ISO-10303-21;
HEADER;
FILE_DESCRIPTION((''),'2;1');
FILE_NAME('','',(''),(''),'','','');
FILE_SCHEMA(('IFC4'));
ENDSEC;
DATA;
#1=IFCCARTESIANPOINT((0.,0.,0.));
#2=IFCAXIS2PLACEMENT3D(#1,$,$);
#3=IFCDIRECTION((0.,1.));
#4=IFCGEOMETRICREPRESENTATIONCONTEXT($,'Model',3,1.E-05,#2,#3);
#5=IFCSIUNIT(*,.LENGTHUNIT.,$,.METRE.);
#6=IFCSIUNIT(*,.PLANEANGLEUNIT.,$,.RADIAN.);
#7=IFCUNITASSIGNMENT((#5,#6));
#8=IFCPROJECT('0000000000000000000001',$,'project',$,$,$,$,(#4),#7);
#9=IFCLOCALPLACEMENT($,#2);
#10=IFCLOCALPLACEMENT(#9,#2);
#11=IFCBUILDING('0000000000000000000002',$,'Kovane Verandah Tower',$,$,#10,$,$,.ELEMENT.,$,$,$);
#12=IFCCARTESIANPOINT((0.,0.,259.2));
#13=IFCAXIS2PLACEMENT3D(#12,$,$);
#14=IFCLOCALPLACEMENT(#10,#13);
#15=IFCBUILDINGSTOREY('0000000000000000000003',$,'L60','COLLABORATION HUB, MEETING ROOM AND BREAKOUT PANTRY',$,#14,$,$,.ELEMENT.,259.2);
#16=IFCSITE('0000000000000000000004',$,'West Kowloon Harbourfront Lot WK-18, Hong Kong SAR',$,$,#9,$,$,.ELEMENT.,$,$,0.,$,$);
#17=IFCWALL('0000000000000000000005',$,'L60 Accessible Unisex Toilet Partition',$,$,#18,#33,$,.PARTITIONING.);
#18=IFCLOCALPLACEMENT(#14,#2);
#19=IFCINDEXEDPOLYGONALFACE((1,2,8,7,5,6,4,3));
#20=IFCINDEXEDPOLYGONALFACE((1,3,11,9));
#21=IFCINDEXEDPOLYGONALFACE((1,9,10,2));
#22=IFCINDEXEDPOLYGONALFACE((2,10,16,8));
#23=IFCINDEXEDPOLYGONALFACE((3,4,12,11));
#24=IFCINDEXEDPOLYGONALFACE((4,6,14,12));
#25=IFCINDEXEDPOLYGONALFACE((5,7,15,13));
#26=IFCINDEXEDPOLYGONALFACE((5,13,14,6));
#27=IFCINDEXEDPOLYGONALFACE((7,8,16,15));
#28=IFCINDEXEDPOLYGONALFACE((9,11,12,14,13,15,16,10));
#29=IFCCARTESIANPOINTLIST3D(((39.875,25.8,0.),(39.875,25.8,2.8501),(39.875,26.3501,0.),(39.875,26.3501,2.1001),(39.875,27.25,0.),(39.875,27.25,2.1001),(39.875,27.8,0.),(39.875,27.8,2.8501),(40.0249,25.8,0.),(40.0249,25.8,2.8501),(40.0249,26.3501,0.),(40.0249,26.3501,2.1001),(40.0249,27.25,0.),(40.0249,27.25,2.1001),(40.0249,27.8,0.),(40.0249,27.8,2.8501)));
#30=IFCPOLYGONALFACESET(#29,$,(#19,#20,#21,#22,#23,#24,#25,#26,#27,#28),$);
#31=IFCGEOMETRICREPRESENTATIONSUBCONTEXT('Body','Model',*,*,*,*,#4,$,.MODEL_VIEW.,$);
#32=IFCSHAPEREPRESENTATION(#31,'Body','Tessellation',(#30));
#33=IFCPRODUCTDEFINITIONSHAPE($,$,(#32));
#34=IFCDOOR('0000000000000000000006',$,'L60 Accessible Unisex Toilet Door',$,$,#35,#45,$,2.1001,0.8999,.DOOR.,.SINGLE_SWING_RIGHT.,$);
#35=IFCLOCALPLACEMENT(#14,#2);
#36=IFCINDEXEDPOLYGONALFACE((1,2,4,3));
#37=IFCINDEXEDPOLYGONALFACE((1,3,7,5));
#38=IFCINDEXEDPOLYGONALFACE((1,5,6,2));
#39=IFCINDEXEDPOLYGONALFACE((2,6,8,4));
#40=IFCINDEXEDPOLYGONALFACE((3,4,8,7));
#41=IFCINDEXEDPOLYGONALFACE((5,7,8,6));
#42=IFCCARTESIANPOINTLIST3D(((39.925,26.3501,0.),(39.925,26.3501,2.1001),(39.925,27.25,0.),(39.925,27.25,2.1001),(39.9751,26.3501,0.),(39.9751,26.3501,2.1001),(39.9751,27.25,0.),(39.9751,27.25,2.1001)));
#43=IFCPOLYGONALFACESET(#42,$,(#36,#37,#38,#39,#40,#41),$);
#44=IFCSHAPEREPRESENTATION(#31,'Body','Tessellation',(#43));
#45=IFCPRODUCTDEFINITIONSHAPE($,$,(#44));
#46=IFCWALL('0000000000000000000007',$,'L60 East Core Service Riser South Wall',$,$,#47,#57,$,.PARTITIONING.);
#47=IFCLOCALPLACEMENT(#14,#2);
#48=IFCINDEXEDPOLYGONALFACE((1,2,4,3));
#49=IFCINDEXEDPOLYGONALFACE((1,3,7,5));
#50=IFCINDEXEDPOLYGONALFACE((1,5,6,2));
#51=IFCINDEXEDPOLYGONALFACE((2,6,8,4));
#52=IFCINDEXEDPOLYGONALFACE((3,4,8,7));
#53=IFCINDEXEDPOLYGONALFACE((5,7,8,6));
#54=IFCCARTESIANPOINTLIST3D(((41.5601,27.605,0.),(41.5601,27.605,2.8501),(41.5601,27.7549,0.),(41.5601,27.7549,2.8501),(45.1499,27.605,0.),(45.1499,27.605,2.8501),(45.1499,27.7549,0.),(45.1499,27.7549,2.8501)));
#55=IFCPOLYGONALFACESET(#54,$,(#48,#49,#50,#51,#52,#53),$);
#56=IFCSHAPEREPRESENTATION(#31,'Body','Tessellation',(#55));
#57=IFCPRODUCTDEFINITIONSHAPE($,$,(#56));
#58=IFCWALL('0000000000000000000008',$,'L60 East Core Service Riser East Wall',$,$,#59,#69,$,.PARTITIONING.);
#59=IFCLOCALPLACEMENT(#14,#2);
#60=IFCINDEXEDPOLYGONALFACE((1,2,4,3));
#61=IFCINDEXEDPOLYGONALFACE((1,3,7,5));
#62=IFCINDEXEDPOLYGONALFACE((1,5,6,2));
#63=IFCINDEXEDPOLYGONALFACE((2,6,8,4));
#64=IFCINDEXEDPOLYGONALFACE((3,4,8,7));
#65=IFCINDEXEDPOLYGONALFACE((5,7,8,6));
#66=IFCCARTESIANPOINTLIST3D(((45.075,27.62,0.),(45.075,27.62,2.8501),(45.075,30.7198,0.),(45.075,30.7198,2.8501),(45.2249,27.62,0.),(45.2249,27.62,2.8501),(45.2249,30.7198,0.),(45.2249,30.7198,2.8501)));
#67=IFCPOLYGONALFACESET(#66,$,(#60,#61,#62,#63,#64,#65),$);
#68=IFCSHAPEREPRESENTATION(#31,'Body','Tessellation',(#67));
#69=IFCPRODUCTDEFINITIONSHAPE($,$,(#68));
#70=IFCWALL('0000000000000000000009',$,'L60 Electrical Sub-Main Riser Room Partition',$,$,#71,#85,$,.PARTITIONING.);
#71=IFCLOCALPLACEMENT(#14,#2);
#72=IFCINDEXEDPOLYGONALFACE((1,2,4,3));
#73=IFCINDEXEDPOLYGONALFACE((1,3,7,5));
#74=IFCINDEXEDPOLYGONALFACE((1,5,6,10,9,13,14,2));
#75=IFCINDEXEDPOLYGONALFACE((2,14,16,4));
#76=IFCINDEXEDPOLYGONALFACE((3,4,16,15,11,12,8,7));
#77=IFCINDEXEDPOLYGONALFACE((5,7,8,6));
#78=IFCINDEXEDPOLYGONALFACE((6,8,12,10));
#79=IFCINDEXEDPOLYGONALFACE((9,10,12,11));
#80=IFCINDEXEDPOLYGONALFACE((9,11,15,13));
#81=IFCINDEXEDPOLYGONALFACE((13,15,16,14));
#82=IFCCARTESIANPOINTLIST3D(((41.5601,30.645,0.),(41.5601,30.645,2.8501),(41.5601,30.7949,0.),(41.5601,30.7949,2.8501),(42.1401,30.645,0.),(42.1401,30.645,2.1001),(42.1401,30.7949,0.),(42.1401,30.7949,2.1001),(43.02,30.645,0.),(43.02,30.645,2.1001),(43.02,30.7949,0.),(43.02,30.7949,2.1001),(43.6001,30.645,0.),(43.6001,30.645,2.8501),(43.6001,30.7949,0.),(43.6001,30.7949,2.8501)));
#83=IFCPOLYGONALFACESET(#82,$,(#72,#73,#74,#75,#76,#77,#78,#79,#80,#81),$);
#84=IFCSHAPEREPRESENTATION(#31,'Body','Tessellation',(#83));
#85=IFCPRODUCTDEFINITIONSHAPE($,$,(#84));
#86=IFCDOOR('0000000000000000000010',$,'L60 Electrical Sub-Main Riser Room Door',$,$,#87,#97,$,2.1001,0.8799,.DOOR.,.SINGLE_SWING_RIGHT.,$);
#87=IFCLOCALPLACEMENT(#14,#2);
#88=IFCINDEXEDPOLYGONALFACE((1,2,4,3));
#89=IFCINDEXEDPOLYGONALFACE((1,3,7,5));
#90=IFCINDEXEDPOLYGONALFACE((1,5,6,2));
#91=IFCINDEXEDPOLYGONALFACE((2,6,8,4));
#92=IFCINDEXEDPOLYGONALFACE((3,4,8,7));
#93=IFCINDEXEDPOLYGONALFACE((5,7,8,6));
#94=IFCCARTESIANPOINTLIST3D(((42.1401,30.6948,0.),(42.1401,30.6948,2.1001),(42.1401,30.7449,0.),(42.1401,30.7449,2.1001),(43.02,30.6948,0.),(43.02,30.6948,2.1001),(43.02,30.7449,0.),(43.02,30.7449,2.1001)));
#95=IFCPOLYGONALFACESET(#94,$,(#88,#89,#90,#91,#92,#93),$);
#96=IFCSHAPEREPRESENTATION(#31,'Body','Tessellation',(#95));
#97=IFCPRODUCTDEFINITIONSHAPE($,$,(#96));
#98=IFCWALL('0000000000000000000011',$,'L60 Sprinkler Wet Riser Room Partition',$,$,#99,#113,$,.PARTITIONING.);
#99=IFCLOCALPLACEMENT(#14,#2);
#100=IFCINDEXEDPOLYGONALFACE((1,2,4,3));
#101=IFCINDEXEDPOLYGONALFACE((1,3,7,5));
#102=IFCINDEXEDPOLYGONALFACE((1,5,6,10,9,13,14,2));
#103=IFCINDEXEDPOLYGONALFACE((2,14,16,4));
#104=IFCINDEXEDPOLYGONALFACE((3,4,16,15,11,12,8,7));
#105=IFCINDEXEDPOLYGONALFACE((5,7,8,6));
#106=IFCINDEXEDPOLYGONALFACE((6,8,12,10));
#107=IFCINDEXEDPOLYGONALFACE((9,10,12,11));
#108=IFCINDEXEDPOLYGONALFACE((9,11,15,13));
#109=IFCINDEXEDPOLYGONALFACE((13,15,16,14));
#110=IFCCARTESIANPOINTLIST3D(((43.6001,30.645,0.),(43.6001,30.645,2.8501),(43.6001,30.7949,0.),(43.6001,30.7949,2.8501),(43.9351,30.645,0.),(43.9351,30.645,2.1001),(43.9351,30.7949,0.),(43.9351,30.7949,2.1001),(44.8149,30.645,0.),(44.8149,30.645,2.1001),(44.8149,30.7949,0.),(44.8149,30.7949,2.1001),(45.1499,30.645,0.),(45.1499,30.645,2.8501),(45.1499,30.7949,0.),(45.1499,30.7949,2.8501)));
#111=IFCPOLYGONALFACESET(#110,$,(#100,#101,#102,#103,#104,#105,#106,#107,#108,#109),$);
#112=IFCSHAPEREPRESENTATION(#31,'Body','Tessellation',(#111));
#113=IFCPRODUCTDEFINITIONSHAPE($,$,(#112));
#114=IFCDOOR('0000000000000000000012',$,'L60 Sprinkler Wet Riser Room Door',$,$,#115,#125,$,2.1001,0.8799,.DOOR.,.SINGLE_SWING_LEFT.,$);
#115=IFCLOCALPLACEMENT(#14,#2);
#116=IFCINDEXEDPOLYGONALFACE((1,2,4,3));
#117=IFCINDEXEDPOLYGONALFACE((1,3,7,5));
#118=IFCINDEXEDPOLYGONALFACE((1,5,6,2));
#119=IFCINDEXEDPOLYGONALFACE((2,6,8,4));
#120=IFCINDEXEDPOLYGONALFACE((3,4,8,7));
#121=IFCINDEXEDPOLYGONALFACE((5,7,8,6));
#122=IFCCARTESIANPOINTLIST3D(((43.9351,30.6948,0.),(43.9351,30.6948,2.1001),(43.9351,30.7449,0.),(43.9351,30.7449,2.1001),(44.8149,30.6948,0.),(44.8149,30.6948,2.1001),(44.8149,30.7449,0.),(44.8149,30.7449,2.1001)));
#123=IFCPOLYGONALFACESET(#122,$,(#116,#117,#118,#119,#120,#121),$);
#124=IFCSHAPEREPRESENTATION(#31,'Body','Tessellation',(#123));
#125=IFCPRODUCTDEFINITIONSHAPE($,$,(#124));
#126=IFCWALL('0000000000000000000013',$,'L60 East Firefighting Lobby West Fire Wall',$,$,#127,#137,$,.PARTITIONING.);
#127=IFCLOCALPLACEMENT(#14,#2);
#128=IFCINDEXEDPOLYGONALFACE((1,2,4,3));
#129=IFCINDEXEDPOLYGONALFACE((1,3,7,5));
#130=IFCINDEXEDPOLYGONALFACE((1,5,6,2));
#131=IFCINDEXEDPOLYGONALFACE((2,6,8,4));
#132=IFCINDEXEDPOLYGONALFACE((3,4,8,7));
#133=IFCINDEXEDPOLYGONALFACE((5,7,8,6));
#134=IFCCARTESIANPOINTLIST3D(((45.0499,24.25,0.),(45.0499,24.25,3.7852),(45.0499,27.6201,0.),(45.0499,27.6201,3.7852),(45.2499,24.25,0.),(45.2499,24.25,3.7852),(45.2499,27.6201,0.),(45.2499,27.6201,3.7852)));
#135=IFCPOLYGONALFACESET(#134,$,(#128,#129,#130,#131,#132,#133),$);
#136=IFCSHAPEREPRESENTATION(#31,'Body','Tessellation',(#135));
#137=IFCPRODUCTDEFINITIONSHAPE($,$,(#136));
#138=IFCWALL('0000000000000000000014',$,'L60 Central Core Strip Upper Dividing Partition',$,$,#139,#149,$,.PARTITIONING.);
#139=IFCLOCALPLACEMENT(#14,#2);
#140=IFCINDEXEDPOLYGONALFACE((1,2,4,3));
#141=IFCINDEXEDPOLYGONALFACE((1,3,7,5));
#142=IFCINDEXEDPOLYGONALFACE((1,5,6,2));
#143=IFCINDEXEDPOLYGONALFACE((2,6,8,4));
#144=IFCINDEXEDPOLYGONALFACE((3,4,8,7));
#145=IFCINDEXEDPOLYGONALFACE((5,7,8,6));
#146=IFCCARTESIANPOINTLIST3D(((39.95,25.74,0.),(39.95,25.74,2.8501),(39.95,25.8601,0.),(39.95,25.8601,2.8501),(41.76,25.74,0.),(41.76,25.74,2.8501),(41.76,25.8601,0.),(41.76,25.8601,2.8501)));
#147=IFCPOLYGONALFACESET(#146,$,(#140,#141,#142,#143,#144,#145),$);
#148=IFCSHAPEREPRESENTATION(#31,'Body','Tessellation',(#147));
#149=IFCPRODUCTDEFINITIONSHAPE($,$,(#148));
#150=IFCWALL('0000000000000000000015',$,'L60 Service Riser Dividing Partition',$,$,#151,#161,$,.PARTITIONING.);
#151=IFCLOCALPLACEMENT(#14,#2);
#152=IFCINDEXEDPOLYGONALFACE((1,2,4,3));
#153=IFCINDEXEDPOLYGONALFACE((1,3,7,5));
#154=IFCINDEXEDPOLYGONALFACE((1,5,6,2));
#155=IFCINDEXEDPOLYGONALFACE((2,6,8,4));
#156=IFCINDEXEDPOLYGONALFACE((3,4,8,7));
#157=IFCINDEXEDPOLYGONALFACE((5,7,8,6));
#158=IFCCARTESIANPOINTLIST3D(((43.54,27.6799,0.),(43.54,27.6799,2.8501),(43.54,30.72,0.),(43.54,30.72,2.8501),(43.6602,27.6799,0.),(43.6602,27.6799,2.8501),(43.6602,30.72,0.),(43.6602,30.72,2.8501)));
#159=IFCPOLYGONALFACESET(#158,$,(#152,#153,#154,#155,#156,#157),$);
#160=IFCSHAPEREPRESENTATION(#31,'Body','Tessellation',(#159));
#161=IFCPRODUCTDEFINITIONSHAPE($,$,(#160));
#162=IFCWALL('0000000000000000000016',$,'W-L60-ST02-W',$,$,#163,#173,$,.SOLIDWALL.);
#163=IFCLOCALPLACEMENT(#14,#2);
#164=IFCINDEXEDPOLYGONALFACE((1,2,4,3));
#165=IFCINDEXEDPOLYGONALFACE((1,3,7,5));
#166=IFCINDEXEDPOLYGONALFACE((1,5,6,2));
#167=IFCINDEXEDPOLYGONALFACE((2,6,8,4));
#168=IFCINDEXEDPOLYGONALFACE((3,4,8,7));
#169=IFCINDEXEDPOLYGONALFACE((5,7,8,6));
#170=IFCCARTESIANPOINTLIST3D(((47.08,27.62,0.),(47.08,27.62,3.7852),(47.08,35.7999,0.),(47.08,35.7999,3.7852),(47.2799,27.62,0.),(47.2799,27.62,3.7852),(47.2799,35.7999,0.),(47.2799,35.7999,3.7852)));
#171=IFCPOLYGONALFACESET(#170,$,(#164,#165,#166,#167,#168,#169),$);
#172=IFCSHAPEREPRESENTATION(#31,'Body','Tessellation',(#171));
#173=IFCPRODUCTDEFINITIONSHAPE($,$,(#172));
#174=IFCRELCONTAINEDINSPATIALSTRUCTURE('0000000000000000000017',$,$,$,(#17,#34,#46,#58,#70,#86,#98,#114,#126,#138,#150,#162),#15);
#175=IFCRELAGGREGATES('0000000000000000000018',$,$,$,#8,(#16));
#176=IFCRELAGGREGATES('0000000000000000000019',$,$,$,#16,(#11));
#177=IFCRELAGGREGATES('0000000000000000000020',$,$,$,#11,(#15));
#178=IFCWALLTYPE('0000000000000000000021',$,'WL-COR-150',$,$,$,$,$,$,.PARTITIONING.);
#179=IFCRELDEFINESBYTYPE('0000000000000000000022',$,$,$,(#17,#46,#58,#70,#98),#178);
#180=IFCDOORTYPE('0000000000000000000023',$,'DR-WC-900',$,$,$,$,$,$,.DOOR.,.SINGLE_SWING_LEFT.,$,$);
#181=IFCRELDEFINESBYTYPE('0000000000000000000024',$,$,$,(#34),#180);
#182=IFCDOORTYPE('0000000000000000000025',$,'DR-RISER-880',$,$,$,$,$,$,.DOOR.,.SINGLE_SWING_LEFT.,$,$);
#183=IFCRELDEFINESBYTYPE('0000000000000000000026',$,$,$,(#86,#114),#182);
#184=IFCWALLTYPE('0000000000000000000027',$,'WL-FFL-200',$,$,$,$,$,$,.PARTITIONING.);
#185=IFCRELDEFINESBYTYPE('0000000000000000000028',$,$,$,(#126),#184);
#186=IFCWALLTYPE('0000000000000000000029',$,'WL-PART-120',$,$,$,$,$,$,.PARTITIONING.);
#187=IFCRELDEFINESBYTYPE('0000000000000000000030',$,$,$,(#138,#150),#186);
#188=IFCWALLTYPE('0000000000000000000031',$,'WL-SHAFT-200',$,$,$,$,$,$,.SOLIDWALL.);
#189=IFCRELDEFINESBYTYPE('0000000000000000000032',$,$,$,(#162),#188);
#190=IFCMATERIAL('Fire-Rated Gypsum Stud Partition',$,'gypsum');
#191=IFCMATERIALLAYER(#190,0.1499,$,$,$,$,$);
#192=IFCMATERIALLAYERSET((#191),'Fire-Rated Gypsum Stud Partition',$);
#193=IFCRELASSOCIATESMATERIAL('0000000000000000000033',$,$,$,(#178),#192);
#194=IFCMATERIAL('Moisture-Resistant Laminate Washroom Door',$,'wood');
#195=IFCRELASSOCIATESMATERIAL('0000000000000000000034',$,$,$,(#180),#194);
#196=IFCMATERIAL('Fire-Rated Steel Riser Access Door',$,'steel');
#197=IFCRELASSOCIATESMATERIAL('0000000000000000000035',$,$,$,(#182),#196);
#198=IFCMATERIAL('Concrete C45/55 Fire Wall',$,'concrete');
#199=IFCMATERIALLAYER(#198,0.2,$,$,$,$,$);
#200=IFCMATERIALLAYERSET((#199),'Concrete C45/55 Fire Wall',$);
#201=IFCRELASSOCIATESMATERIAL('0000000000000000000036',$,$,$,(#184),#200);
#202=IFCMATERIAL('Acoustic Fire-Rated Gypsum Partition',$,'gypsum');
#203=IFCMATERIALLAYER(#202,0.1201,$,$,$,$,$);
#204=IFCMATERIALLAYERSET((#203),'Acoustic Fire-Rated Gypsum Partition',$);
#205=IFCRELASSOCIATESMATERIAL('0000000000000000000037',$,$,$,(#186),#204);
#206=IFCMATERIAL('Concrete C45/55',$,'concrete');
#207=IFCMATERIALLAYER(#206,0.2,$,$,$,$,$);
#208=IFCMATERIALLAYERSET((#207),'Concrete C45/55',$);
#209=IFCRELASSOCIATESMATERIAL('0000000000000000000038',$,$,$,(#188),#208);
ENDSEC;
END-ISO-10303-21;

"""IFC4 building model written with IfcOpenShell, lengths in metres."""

from ifc_helpers import new_model, si_unit, direction, frame, frame_2d, origin, place, context, subcontext, project, spatial, rectangle, extrude, material, layer, layer_set, type_object, element, fill, save


model = new_model("IFC4")

# Units and contexts
model_context = context("Model", 3, precision=1e-05, world=origin(), true_north=direction((0.0, 1.0)))
body_context = subcontext(model_context, "Body", "Model", "MODEL_VIEW")
ifc_project = project(units=[si_unit("LENGTHUNIT", "METRE"), si_unit("PLANEANGLEUNIT", "RADIAN")], contexts=[model_context])

# Site, building, storey
site_placement = place(None, origin())
site = spatial("IfcSite", under=ifc_project, at=site_placement, Name="West Kowloon Harbourfront Lot WK-18, Hong Kong SAR", CompositionType="ELEMENT", RefElevation=0.0)
building_placement = place(site_placement, origin())
building = spatial("IfcBuilding", under=site, at=building_placement, Name="Kovane Verandah Tower", CompositionType="ELEMENT")
storey_placement = place(building_placement, frame((0.0, 0.0, 259.2)))
storey = spatial("IfcBuildingStorey", under=building, at=storey_placement, Name="L60", Description="COLLABORATION HUB, MEETING ROOM AND BREAKOUT PANTRY", CompositionType="ELEMENT", Elevation=259.2)

# Wall, opening, door
ifc_material_1 = material(Name="Fire-Rated Gypsum Stud Partition", Category="gypsum")
ifc_layer_1 = layer(ifc_material_1, 0.1499)
ifc_layer_set_1 = layer_set([ifc_layer_1], Name="Fire-Rated Gypsum Stud Partition")
wall_type_1 = type_object("IfcWallType", Name="WL-COR-150", PredefinedType="PARTITIONING", material=ifc_layer_set_1)
wall_1_placement = place(storey_placement, frame((39.95, 25.8, 0.0), z_axis=(0.0, 0.0, 1.0), x_axis=(0.0, 1.0, 0.0)))
wall_1 = element("IfcWall", 1, at=wall_1_placement, inside=storey, type_object=wall_type_1, Name="L60 Accessible Unisex Toilet Partition", PredefinedType="PARTITIONING", context=body_context, shape_type="SweptSolid", body=[
    extrude(rectangle(XDim=2.0, YDim=0.1499, at=frame_2d((1.0, 0.0))), origin(), (0.0, 0.0, 1.0), 2.8501),
])
opening_1_placement = place(wall_1_placement, frame((0.55, 0.0, 0.0)))
opening_1 = element("IfcOpeningElement", 2, at=opening_1_placement, cuts=wall_1, PredefinedType="OPENING", context=body_context, shape_type="SweptSolid", body=[
    extrude(rectangle(XDim=0.8999, YDim=2.1001, at=frame_2d((0.45, 1.05))), frame((0.0, 0.075, 0.0), z_axis=(0.0, -1.0, 0.0), x_axis=(1.0, 0.0, 0.0)), (0.0, 0.0, 1.0), 0.1499),
])
ifc_material_2 = material(Name="Moisture-Resistant Laminate Washroom Door", Category="wood")
door_type_1 = type_object("IfcDoorType", Name="DR-WC-900", OperationType="SINGLE_SWING_LEFT", PredefinedType="DOOR", material=ifc_material_2)
door_1_placement = place(opening_1_placement, origin())
door_1 = element("IfcDoor", 3, at=door_1_placement, inside=storey, type_object=door_type_1, Name="L60 Accessible Unisex Toilet Door", OperationType="SINGLE_SWING_RIGHT", OverallHeight=2.1001, OverallWidth=0.8999, PredefinedType="DOOR", context=body_context, shape_type="SweptSolid", body=[
    extrude(rectangle(XDim=0.8999, YDim=2.1001, at=frame_2d((0.45, 1.05))), frame((0.0, 0.0249, 0.0), z_axis=(0.0, -1.0, 0.0), x_axis=(1.0, 0.0, 0.0)), (0.0, 0.0, 1.0), 0.05),
])
fill(opening_1, door_1)

# Walls
wall_2_placement = place(storey_placement, frame((41.5601, 27.6799, 0.0), z_axis=(0.0, 0.0, 1.0), x_axis=(1.0, 0.0, 0.0)))
element("IfcWall", 4, at=wall_2_placement, inside=storey, type_object=wall_type_1, Name="L60 East Core Service Riser South Wall", PredefinedType="PARTITIONING", context=body_context, shape_type="SweptSolid", body=[
    extrude(rectangle(XDim=3.5898, YDim=0.1499, at=frame_2d((1.7949, 0.0))), origin(), (0.0, 0.0, 1.0), 2.8501),
])
wall_3_placement = place(storey_placement, frame((45.1499, 27.6201, 0.0), z_axis=(0.0, 0.0, 1.0), x_axis=(0.0, 1.0, 0.0)))
element("IfcWall", 5, at=wall_3_placement, inside=storey, type_object=wall_type_1, Name="L60 East Core Service Riser East Wall", PredefinedType="PARTITIONING", context=body_context, shape_type="SweptSolid", body=[
    extrude(rectangle(XDim=3.0999, YDim=0.1499, at=frame_2d((1.5498, 0.0))), origin(), (0.0, 0.0, 1.0), 2.8501),
])

# Walls, openings, doors
wall_4_placement = place(storey_placement, frame((41.5601, 30.72, 0.0), z_axis=(0.0, 0.0, 1.0), x_axis=(1.0, 0.0, 0.0)))
wall_4 = element("IfcWall", 6, at=wall_4_placement, inside=storey, type_object=wall_type_1, Name="L60 Electrical Sub-Main Riser Room Partition", PredefinedType="PARTITIONING", context=body_context, shape_type="SweptSolid", body=[
    extrude(rectangle(XDim=2.04, YDim=0.1499, at=frame_2d((1.02, 0.0))), origin(), (0.0, 0.0, 1.0), 2.8501),
])
opening_2_placement = place(wall_4_placement, frame((0.5801, 0.0, 0.0)))
opening_2 = element("IfcOpeningElement", 7, at=opening_2_placement, cuts=wall_4, PredefinedType="OPENING", context=body_context, shape_type="SweptSolid", body=[
    extrude(rectangle(XDim=0.8799, YDim=2.1001, at=frame_2d((0.4399, 1.05))), frame((0.0, 0.075, 0.0), z_axis=(0.0, -1.0, 0.0), x_axis=(1.0, 0.0, 0.0)), (0.0, 0.0, 1.0), 0.1499),
])
ifc_material_3 = material(Name="Fire-Rated Steel Riser Access Door", Category="steel")
door_type_2 = type_object("IfcDoorType", Name="DR-RISER-880", OperationType="SINGLE_SWING_LEFT", PredefinedType="DOOR", material=ifc_material_3)
door_2_placement = place(opening_2_placement, origin())
door_2 = element("IfcDoor", 8, at=door_2_placement, inside=storey, type_object=door_type_2, Name="L60 Electrical Sub-Main Riser Room Door", OperationType="SINGLE_SWING_RIGHT", OverallHeight=2.1001, OverallWidth=0.8799, PredefinedType="DOOR", context=body_context, shape_type="SweptSolid", body=[
    extrude(rectangle(XDim=0.8799, YDim=2.1001, at=frame_2d((0.4399, 1.05))), frame((0.0, 0.0249, 0.0), z_axis=(0.0, -1.0, 0.0), x_axis=(1.0, 0.0, 0.0)), (0.0, 0.0, 1.0), 0.05),
])
fill(opening_2, door_2)
wall_5_placement = place(storey_placement, frame((43.6001, 30.72, 0.0), z_axis=(0.0, 0.0, 1.0), x_axis=(1.0, 0.0, 0.0)))
wall_5 = element("IfcWall", 9, at=wall_5_placement, inside=storey, type_object=wall_type_1, Name="L60 Sprinkler Wet Riser Room Partition", PredefinedType="PARTITIONING", context=body_context, shape_type="SweptSolid", body=[
    extrude(rectangle(XDim=1.5498, YDim=0.1499, at=frame_2d((0.7749, 0.0))), origin(), (0.0, 0.0, 1.0), 2.8501),
])
opening_3_placement = place(wall_5_placement, frame((0.335, 0.0, 0.0)))
opening_3 = element("IfcOpeningElement", 10, at=opening_3_placement, cuts=wall_5, PredefinedType="OPENING", context=body_context, shape_type="SweptSolid", body=[
    extrude(rectangle(XDim=0.8799, YDim=2.1001, at=frame_2d((0.4399, 1.05))), frame((0.0, 0.075, 0.0), z_axis=(0.0, -1.0, 0.0), x_axis=(1.0, 0.0, 0.0)), (0.0, 0.0, 1.0), 0.1499),
])
door_3_placement = place(opening_3_placement, origin())
door_3 = element("IfcDoor", 11, at=door_3_placement, inside=storey, type_object=door_type_2, Name="L60 Sprinkler Wet Riser Room Door", OperationType="SINGLE_SWING_LEFT", OverallHeight=2.1001, OverallWidth=0.8799, PredefinedType="DOOR", context=body_context, shape_type="SweptSolid", body=[
    extrude(rectangle(XDim=0.8799, YDim=2.1001, at=frame_2d((0.4399, 1.05))), frame((0.0, 0.0249, 0.0), z_axis=(0.0, -1.0, 0.0), x_axis=(1.0, 0.0, 0.0)), (0.0, 0.0, 1.0), 0.05),
])
fill(opening_3, door_3)
ifc_material_4 = material(Name="Concrete C45/55 Fire Wall", Category="concrete")
ifc_layer_2 = layer(ifc_material_4, 0.2)
ifc_layer_set_2 = layer_set([ifc_layer_2], Name="Concrete C45/55 Fire Wall")
wall_type_2 = type_object("IfcWallType", Name="WL-FFL-200", PredefinedType="PARTITIONING", material=ifc_layer_set_2)

# Wall
wall_6_placement = place(storey_placement, frame((45.1499, 24.25, 0.0), z_axis=(0.0, 0.0, 1.0), x_axis=(0.0, 1.0, 0.0)))
element("IfcWall", 12, at=wall_6_placement, inside=storey, type_object=wall_type_2, Name="L60 East Firefighting Lobby West Fire Wall", PredefinedType="PARTITIONING", context=body_context, shape_type="SweptSolid", body=[
    extrude(rectangle(XDim=3.3701, YDim=0.2, at=frame_2d((1.6851, 0.0))), origin(), (0.0, 0.0, 1.0), 3.7852),
])

# Walls
ifc_material_5 = material(Name="Acoustic Fire-Rated Gypsum Partition", Category="gypsum")
ifc_layer_3 = layer(ifc_material_5, 0.1201)
ifc_layer_set_3 = layer_set([ifc_layer_3], Name="Acoustic Fire-Rated Gypsum Partition")
wall_type_3 = type_object("IfcWallType", Name="WL-PART-120", PredefinedType="PARTITIONING", material=ifc_layer_set_3)
wall_7_placement = place(storey_placement, frame((39.95, 25.8, 0.0), z_axis=(0.0, 0.0, 1.0), x_axis=(1.0, 0.0, 0.0)))
element("IfcWall", 13, at=wall_7_placement, inside=storey, type_object=wall_type_3, Name="L60 Central Core Strip Upper Dividing Partition", PredefinedType="PARTITIONING", context=body_context, shape_type="SweptSolid", body=[
    extrude(rectangle(XDim=1.8101, YDim=0.1201, at=frame_2d((0.905, 0.0))), origin(), (0.0, 0.0, 1.0), 2.8501),
])
wall_8_placement = place(storey_placement, frame((43.6001, 27.6799, 0.0), z_axis=(0.0, 0.0, 1.0), x_axis=(0.0, 1.0, 0.0)))
element("IfcWall", 14, at=wall_8_placement, inside=storey, type_object=wall_type_3, Name="L60 Service Riser Dividing Partition", PredefinedType="PARTITIONING", context=body_context, shape_type="SweptSolid", body=[
    extrude(rectangle(XDim=3.04, YDim=0.1201, at=frame_2d((1.52, 0.0))), origin(), (0.0, 0.0, 1.0), 2.8501),
])
ifc_material_6 = material(Name="Concrete C45/55", Category="concrete")
ifc_layer_4 = layer(ifc_material_6, 0.2)
ifc_layer_set_4 = layer_set([ifc_layer_4], Name="Concrete C45/55")
wall_type_4 = type_object("IfcWallType", Name="WL-SHAFT-200", PredefinedType="SOLIDWALL", material=ifc_layer_set_4)
wall_9_placement = place(storey_placement, frame((47.1799, 27.6201, 0.0), z_axis=(0.0, 0.0, 1.0), x_axis=(0.0, 1.0, 0.0)))
element("IfcWall", 15, at=wall_9_placement, inside=storey, type_object=wall_type_4, Name="W-L60-ST02-W", PredefinedType="SOLIDWALL", context=body_context, shape_type="SweptSolid", body=[
    extrude(rectangle(XDim=8.1799, YDim=0.2, at=frame_2d((4.0898, 0.0))), origin(), (0.0, 0.0, 1.0), 3.7852),
])

save(model, "model.ifc")
